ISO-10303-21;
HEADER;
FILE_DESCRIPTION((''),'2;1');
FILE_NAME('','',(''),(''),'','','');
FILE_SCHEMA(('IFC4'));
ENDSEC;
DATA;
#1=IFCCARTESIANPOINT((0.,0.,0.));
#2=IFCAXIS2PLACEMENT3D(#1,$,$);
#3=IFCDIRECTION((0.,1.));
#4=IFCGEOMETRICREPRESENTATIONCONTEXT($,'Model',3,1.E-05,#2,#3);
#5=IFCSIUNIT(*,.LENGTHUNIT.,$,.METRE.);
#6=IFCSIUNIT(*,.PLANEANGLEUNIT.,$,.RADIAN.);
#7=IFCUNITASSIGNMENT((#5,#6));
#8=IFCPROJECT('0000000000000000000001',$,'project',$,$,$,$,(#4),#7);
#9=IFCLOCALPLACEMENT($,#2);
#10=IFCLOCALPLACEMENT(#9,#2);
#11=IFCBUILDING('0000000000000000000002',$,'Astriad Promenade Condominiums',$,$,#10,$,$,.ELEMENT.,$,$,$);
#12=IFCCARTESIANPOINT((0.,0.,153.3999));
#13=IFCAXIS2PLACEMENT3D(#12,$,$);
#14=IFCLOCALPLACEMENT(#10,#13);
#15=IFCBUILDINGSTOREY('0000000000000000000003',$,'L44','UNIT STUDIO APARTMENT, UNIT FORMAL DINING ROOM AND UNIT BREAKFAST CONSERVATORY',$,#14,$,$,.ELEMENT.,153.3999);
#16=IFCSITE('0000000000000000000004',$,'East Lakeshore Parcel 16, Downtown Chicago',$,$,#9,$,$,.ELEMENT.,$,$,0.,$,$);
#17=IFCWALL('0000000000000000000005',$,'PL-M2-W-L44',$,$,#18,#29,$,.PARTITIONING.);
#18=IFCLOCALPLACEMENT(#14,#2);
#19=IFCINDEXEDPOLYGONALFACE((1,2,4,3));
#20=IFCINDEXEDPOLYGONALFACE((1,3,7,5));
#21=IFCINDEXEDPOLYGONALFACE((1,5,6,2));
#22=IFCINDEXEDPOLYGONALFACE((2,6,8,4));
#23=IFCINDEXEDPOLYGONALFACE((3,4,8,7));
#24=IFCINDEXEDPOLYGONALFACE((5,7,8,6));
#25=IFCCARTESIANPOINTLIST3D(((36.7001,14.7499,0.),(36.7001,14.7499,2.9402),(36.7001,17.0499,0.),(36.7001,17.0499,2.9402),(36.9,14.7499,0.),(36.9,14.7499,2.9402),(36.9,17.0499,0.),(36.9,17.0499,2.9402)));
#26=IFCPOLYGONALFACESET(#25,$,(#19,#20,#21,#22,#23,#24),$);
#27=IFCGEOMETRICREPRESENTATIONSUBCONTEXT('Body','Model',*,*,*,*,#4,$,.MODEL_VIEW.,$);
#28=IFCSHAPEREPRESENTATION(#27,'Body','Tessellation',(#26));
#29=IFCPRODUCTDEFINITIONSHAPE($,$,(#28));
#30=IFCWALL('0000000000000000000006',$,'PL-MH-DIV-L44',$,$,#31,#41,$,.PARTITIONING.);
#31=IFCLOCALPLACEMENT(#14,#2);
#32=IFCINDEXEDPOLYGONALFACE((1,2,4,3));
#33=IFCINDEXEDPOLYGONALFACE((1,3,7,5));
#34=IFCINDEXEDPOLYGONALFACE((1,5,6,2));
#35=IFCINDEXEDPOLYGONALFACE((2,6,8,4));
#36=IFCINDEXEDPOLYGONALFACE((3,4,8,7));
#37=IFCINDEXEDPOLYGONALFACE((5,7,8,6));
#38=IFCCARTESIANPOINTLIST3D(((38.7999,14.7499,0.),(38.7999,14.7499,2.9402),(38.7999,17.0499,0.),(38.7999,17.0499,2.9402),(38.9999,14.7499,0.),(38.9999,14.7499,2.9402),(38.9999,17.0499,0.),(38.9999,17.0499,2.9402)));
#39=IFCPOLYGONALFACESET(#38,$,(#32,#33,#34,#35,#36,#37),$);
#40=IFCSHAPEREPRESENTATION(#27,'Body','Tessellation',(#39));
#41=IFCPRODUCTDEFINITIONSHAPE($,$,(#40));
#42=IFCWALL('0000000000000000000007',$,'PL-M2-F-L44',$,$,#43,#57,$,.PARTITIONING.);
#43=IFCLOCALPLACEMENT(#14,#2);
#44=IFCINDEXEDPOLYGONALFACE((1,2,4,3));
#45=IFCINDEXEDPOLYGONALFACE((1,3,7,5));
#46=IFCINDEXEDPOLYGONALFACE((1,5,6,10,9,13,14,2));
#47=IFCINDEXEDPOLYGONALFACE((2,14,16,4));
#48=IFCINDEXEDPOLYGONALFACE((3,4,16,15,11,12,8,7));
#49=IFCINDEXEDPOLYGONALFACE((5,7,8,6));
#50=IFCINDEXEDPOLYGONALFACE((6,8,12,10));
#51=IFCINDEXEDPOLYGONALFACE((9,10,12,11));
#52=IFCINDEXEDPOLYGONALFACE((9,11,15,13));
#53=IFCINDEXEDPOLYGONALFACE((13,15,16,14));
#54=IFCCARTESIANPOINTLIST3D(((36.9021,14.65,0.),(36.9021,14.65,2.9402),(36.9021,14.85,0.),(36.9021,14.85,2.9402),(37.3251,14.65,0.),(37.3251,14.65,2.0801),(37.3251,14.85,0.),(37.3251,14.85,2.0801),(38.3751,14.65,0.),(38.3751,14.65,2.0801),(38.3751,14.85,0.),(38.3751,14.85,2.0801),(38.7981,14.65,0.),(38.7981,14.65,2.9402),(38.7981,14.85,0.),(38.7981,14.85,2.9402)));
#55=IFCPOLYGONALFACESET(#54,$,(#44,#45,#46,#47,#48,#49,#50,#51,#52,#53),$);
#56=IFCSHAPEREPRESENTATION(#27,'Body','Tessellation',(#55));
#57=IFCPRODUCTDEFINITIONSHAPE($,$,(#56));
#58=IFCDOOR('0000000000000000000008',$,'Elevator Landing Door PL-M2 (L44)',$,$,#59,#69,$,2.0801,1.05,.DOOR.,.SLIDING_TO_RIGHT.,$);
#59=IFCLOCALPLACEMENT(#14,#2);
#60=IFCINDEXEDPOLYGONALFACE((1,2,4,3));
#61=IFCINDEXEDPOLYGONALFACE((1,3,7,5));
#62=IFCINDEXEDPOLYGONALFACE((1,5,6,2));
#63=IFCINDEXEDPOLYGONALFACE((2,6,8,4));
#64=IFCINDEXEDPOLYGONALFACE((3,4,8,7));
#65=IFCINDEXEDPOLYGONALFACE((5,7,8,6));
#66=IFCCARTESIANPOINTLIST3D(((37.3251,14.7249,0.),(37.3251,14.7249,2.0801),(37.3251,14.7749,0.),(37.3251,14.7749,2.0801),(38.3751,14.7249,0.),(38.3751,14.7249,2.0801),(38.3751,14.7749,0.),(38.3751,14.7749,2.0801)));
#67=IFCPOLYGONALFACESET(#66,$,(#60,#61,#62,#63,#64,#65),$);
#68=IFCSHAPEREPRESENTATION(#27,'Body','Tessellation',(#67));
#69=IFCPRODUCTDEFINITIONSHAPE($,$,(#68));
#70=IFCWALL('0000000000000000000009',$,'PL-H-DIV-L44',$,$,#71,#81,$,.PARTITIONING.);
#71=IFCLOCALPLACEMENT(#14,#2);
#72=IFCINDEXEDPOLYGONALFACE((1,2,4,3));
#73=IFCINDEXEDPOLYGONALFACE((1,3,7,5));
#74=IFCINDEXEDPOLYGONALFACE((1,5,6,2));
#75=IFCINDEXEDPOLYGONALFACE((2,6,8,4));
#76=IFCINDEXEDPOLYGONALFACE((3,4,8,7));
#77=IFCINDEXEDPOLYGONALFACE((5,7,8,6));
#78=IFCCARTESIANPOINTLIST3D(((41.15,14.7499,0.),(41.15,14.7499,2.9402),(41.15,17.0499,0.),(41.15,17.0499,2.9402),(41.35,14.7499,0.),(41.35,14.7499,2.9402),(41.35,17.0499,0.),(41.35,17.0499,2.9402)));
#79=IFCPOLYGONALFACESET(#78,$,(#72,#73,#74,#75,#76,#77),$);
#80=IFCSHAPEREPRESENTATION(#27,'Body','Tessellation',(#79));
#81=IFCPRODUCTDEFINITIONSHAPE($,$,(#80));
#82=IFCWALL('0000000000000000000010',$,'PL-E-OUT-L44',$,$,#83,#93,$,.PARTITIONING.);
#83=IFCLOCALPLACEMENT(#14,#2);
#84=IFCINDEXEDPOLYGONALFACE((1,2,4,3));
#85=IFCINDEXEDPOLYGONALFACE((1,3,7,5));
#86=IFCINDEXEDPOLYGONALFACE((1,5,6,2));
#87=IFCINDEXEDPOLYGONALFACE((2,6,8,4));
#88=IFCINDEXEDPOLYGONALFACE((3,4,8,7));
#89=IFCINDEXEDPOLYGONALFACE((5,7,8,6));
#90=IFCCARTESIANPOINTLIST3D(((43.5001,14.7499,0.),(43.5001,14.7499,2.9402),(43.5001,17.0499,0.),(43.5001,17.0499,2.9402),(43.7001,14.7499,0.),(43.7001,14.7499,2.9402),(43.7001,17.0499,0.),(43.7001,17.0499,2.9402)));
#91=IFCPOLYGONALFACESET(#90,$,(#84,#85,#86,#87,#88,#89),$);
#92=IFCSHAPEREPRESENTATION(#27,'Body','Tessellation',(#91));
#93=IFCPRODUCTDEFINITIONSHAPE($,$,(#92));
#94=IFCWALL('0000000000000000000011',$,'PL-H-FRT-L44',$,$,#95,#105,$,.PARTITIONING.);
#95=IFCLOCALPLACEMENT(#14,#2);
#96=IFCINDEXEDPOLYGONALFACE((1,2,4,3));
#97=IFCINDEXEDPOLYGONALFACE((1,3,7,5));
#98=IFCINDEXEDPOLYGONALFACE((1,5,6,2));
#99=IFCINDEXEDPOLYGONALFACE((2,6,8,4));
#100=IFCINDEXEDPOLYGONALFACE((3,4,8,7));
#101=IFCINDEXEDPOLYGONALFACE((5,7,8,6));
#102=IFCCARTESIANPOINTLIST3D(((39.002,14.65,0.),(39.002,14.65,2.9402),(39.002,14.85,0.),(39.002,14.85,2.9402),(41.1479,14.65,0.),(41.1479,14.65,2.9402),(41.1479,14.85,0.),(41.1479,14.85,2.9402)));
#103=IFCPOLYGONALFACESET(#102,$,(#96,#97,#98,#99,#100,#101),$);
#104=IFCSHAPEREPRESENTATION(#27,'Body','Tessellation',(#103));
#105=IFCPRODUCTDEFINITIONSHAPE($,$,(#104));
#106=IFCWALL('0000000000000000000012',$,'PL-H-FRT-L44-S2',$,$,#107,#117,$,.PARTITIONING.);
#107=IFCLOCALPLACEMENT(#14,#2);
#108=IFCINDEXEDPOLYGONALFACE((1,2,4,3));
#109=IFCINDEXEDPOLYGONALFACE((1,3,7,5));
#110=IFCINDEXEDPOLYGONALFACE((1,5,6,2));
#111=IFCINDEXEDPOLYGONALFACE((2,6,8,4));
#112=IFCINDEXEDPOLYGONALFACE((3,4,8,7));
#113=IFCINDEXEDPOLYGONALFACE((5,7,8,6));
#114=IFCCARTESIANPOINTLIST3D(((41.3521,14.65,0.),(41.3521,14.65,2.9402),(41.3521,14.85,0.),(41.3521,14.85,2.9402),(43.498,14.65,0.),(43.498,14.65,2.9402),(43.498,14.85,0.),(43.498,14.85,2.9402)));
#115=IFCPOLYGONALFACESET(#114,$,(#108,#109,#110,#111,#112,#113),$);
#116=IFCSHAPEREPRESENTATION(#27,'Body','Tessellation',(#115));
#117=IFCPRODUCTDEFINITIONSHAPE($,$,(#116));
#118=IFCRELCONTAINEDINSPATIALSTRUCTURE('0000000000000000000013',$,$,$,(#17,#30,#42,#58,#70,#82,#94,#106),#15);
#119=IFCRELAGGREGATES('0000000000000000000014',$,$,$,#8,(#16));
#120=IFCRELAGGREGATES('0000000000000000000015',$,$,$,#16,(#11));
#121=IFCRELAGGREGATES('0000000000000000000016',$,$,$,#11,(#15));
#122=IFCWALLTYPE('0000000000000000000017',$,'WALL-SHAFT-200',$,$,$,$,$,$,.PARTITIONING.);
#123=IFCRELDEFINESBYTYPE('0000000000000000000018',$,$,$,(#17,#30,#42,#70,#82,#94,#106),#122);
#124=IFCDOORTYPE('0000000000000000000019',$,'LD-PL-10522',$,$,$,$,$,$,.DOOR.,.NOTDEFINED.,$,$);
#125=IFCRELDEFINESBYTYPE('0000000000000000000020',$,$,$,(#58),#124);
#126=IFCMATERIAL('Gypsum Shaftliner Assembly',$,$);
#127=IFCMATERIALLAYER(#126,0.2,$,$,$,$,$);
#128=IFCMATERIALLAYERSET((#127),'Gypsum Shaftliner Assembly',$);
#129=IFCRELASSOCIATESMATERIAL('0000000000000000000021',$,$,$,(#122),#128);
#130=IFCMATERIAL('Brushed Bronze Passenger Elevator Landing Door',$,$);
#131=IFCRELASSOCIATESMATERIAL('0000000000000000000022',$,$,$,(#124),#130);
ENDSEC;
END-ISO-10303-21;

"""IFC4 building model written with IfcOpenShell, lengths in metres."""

from ifc_helpers import new_model, si_unit, direction, frame, frame_2d, origin, place, context, subcontext, project, spatial, rectangle, extrude, source, transform, mapped, material, layer, layer_set, type_object, type_shapes, element, fill, save


model = new_model("IFC4")

# Units and contexts
model_context = context("Model", 3, precision=1e-05, world=origin(), true_north=direction((0.0, 1.0)))
body_context = subcontext(model_context, "Body", "Model", "MODEL_VIEW")
ifc_project = project(units=[si_unit("LENGTHUNIT", "METRE"), si_unit("PLANEANGLEUNIT", "RADIAN")], contexts=[model_context])

# Site, building, storey
site_placement = place(None, origin())
site = spatial("IfcSite", under=ifc_project, at=site_placement, Name="East Lakeshore Parcel 16, Downtown Chicago", CompositionType="ELEMENT", RefElevation=0.0)
building_placement = place(site_placement, origin())
building = spatial("IfcBuilding", under=site, at=building_placement, Name="Astriad Promenade Condominiums", CompositionType="ELEMENT")
storey_placement = place(building_placement, frame((0.0, 0.0, 153.3999)))
storey = spatial("IfcBuildingStorey", under=building, at=storey_placement, Name="L44", Description="UNIT STUDIO APARTMENT, UNIT FORMAL DINING ROOM AND UNIT BREAKFAST CONSERVATORY", CompositionType="ELEMENT", Elevation=153.3999)

# Shared definitions
ifc_material_1 = material(Name="Gypsum Shaftliner Assembly")
ifc_layer_1 = layer(ifc_material_1, 0.2)
ifc_layer_set_1 = layer_set([ifc_layer_1], Name="Gypsum Shaftliner Assembly")
wall_type_1 = type_object("IfcWallType", Name="WALL-SHAFT-200", PredefinedType="PARTITIONING", material=ifc_layer_set_1)

# Shared definitions
ifc_material_2 = material(Name="Brushed Bronze Passenger Elevator Landing Door")
door_type = type_object("IfcDoorType", Name="LD-PL-10522", OperationType="NOTDEFINED", PredefinedType="DOOR", material=ifc_material_2)
shared_shape_1 = source(origin(), body_context, "Body", "SweptSolid", [
    extrude(rectangle(XDim=1.05, YDim=2.0801, at=frame_2d((0.5249, 1.04))), frame((0.0, 0.0249, 0.0), z_axis=(0.0, -1.0, 0.0), x_axis=(1.0, 0.0, 0.0)), (0.0, 0.0, 1.0), 0.05),
])
type_shapes(door_type, [shared_shape_1])

# Walls
for number, where, z_axis, x_axis, name in (
    (1, (36.8, 14.75, 0.0), (0.0, 0.0, 1.0), (0.0, 1.0, 0.0), "PL-M2-W-L44"),
    (2, (38.8999, 14.75, 0.0), (0.0, 0.0, 1.0), (0.0, 1.0, 0.0), "PL-MH-DIV-L44"),
):
    element("IfcWall", number, at=place(storey_placement, frame(where, z_axis=z_axis, x_axis=x_axis)), inside=storey, type_object=wall_type_1, Name=name, PredefinedType="PARTITIONING", context=body_context, shape_type="SweptSolid", body=[
        extrude(rectangle(XDim=2.3, YDim=0.2, at=frame_2d((1.1499, 0.0))), origin(), (0.0, 0.0, 1.0), 2.9402),
    ])

# Wall, opening, door
wall_1_placement = place(storey_placement, frame((36.9021, 14.75, 0.0), z_axis=(0.0, 0.0, 1.0), x_axis=(1.0, 0.0, 0.0)))
wall_1 = element("IfcWall", 3, at=wall_1_placement, inside=storey, type_object=wall_type_1, Name="PL-M2-F-L44", PredefinedType="PARTITIONING", context=body_context, shape_type="SweptSolid", body=[
    extrude(rectangle(XDim=1.896, YDim=0.2, at=frame_2d((0.948, 0.0))), origin(), (0.0, 0.0, 1.0), 2.9402),
])
opening_1_placement = place(wall_1_placement, frame((0.4231, 0.0, 0.0)))
opening_1 = element("IfcOpeningElement", 4, at=opening_1_placement, cuts=wall_1, PredefinedType="OPENING", context=body_context, shape_type="SweptSolid", body=[
    extrude(rectangle(XDim=1.05, YDim=2.0801, at=frame_2d((0.5249, 1.04))), frame((0.0, 0.1099, 0.0), z_axis=(0.0, -1.0, 0.0), x_axis=(1.0, 0.0, 0.0)), (0.0, 0.0, 1.0), 0.22),
])
door_1_placement = place(opening_1_placement, origin())
door_1 = element("IfcDoor", 5, at=door_1_placement, inside=storey, type_object=door_type, Name="Elevator Landing Door PL-M2 (L44)", OperationType="SLIDING_TO_RIGHT", OverallHeight=2.0801, OverallWidth=1.05, PredefinedType="DOOR", context=body_context, shape_type="MappedRepresentation", body=[
    mapped(shared_shape_1, transform((0.0, 0.0, 0.0), scale=1.0)),
])
fill(opening_1, door_1)

# Walls
for number, where, z_axis, x_axis, name in (
    (6, (41.25, 14.75, 0.0), (0.0, 0.0, 1.0), (0.0, 1.0, 0.0), "PL-H-DIV-L44"),
    (7, (43.6001, 14.75, 0.0), (0.0, 0.0, 1.0), (0.0, 1.0, 0.0), "PL-E-OUT-L44"),
):
    element("IfcWall", number, at=place(storey_placement, frame(where, z_axis=z_axis, x_axis=x_axis)), inside=storey, type_object=wall_type_1, Name=name, PredefinedType="PARTITIONING", context=body_context, shape_type="SweptSolid", body=[
        extrude(rectangle(XDim=2.3, YDim=0.2, at=frame_2d((1.1499, 0.0))), origin(), (0.0, 0.0, 1.0), 2.9402),
    ])
for number, where, z_axis, x_axis, name in (
    (8, (39.002, 14.75, 0.0), (0.0, 0.0, 1.0), (1.0, 0.0, 0.0), "PL-H-FRT-L44"),
    (9, (41.3521, 14.75, 0.0), (0.0, 0.0, 1.0), (1.0, 0.0, 0.0), "PL-H-FRT-L44-S2"),
):
    element("IfcWall", number, at=place(storey_placement, frame(where, z_axis=z_axis, x_axis=x_axis)), inside=storey, type_object=wall_type_1, Name=name, PredefinedType="PARTITIONING", context=body_context, shape_type="SweptSolid", body=[
        extrude(rectangle(XDim=2.146, YDim=0.2, at=frame_2d((1.073, 0.0))), origin(), (0.0, 0.0, 1.0), 2.9402),
    ])

save(model, "model.ifc")
